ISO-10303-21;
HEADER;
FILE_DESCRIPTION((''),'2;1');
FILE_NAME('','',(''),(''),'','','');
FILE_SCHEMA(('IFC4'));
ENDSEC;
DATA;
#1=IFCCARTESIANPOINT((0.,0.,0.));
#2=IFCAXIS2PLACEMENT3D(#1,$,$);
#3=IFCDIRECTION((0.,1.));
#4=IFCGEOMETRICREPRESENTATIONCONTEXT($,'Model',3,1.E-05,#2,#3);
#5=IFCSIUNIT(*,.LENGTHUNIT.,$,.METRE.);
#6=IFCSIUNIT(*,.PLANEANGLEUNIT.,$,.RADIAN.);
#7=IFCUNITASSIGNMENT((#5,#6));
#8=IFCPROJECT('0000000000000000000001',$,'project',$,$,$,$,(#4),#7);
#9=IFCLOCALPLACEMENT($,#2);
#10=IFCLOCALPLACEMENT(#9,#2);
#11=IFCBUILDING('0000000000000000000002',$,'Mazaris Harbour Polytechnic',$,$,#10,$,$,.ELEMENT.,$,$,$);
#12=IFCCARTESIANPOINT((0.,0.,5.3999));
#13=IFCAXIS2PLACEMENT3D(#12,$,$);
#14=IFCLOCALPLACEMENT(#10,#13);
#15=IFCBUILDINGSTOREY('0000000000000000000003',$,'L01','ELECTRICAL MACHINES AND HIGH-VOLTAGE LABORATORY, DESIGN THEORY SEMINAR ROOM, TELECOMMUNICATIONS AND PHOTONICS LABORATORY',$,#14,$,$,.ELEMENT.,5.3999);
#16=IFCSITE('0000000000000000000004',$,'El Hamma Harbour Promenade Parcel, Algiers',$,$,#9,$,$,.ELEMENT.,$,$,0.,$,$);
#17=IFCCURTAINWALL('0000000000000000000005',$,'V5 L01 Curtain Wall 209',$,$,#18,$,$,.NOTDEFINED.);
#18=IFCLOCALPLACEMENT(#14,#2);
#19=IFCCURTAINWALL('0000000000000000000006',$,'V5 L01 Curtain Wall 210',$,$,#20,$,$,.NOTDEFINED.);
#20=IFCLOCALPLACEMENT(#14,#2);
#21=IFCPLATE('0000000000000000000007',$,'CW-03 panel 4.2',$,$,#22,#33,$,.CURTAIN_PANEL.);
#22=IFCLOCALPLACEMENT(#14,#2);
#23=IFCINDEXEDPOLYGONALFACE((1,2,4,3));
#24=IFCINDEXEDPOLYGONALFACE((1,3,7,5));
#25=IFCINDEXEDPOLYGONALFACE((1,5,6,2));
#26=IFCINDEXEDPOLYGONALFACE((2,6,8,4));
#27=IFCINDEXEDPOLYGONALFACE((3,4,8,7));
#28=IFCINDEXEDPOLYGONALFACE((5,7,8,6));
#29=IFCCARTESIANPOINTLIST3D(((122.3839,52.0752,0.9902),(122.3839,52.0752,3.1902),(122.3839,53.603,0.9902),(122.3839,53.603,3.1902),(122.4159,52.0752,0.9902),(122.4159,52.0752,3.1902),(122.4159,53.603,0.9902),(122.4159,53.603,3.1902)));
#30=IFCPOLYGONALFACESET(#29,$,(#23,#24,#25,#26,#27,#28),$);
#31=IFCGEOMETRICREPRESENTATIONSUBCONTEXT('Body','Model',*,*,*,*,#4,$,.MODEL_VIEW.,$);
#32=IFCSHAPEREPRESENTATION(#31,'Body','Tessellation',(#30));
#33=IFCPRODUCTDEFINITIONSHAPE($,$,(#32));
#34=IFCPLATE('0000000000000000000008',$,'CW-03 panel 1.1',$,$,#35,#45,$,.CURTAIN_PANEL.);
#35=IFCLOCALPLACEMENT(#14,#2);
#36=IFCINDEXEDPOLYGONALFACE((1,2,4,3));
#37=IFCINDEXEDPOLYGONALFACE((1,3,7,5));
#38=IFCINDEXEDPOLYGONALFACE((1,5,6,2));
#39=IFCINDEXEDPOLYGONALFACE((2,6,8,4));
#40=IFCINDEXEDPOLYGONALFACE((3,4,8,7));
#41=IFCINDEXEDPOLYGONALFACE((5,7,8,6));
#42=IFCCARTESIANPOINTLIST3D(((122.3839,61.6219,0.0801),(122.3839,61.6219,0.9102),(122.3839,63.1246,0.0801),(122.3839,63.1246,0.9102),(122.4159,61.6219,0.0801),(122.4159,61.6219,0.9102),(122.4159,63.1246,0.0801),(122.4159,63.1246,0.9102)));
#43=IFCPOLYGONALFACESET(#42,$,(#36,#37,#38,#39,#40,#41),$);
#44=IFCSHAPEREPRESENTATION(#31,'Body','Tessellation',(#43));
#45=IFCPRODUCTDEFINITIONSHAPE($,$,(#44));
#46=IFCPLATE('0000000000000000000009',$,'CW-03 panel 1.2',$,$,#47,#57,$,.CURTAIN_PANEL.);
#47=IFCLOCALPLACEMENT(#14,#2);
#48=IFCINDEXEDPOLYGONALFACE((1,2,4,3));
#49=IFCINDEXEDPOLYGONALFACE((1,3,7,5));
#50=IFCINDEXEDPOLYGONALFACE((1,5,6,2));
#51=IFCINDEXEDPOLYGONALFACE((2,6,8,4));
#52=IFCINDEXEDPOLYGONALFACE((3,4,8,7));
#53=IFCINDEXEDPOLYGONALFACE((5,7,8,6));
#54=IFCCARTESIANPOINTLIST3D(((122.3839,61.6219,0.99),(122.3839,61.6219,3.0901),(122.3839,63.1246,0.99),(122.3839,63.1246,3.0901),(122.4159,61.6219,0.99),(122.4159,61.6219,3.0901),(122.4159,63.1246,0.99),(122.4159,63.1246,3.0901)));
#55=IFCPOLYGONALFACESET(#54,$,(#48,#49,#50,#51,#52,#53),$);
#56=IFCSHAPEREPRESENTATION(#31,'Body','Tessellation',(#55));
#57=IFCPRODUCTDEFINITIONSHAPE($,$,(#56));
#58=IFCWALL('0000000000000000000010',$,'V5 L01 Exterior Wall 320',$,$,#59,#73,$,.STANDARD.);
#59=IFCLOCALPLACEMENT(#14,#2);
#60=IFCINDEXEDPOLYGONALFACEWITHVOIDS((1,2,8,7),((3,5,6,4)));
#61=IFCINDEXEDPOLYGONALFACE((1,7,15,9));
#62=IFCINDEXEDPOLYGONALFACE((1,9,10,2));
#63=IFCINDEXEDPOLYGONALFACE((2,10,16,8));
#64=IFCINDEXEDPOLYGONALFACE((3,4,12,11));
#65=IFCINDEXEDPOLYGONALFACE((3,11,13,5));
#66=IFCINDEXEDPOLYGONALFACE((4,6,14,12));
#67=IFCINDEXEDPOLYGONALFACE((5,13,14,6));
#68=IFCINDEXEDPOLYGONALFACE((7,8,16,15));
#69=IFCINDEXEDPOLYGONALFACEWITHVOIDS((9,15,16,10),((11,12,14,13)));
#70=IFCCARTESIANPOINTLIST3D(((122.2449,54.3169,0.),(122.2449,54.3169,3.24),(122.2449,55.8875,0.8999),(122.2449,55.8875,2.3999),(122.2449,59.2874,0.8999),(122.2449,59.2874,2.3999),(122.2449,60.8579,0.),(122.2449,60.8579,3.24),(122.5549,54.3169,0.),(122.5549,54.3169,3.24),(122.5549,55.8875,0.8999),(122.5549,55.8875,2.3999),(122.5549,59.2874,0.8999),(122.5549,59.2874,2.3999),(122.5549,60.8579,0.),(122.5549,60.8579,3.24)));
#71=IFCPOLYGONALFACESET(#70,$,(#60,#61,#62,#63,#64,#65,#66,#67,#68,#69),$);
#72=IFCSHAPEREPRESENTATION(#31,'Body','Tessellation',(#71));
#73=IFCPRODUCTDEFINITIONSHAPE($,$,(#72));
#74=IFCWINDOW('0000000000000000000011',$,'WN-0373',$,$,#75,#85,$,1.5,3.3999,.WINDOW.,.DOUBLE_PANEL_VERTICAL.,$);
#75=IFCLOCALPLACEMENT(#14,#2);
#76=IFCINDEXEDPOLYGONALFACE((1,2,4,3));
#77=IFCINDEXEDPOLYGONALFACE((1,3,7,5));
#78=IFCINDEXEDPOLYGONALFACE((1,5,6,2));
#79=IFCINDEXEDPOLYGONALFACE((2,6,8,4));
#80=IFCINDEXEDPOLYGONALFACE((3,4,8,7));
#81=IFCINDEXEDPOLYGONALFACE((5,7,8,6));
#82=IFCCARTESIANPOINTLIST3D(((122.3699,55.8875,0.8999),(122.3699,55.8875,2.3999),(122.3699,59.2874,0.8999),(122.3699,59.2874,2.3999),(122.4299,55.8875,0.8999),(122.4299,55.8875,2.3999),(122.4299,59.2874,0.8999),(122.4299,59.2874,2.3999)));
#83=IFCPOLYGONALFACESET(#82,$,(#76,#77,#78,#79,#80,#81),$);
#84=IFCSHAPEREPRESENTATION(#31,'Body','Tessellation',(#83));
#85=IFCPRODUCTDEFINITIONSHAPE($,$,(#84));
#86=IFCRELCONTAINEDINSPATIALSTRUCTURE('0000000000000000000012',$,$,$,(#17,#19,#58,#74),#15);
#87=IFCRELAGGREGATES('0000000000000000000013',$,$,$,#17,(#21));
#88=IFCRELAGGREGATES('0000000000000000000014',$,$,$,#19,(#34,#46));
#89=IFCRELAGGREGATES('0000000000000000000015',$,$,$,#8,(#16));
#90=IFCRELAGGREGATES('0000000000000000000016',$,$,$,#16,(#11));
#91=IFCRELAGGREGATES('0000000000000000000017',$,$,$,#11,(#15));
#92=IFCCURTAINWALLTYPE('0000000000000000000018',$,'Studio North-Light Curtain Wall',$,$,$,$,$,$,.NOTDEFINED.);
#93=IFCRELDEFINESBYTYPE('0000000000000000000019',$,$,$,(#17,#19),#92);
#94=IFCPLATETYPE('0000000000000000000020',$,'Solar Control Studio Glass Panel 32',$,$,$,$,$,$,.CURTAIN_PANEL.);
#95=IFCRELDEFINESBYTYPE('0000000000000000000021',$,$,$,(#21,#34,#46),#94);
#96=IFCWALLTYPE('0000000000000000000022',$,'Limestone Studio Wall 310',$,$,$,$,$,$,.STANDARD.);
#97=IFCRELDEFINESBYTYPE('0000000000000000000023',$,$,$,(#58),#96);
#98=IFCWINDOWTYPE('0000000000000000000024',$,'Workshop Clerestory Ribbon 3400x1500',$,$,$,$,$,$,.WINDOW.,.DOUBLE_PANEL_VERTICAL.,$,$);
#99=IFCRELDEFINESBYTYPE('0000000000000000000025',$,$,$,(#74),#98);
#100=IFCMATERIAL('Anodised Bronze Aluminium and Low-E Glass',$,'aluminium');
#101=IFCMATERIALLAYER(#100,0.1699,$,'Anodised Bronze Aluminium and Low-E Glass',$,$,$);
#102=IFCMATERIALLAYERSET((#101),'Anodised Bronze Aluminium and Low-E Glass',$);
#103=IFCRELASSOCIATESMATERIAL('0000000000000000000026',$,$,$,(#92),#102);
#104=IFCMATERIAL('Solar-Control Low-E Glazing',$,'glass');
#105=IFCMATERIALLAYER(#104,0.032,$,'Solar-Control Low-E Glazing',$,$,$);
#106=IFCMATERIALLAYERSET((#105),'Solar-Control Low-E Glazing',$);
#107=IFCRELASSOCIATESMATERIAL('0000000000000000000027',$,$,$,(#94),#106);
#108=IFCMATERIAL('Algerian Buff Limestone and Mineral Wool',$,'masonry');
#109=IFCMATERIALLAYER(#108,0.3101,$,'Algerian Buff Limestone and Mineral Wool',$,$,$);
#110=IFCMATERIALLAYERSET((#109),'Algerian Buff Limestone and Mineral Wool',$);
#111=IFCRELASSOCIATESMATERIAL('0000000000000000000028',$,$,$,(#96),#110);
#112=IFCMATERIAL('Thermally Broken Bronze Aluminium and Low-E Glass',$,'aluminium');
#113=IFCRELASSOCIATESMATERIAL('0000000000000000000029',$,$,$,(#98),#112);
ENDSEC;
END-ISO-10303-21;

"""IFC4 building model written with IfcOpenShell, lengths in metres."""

from ifc_helpers import new_model, si_unit, direction, frame, frame_2d, origin, origin_2d, place, context, subcontext, project, spatial, rectangle, extrude, material, layer, layer_set, type_object, element, fill, aggregate, save


model = new_model("IFC4")

# Units and contexts
model_context = context("Model", 3, precision=1e-05, world=origin(), true_north=direction((0.0, 1.0)))
body_context = subcontext(model_context, "Body", "Model", "MODEL_VIEW")
ifc_project = project(units=[si_unit("LENGTHUNIT", "METRE"), si_unit("PLANEANGLEUNIT", "RADIAN")], contexts=[model_context])

# Site, building, storey
site_placement = place(None, origin())
site = spatial("IfcSite", under=ifc_project, at=site_placement, Name="El Hamma Harbour Promenade Parcel, Algiers", CompositionType="ELEMENT", RefElevation=0.0)
building_placement = place(site_placement, origin())
building = spatial("IfcBuilding", under=site, at=building_placement, Name="Mazaris Harbour Polytechnic", CompositionType="ELEMENT")
storey_placement = place(building_placement, frame((0.0, 0.0, 5.3999)))
storey = spatial("IfcBuildingStorey", under=building, at=storey_placement, Name="L01", Description="ELECTRICAL MACHINES AND HIGH-VOLTAGE LABORATORY, DESIGN THEORY SEMINAR ROOM, TELECOMMUNICATIONS AND PHOTONICS LABORATORY", CompositionType="ELEMENT", Elevation=5.3999)

# Curtain wall
ifc_material_1 = material(Name="Anodised Bronze Aluminium and Low-E Glass", Category="aluminium")
ifc_layer_1 = layer(ifc_material_1, 0.1699, Name="Anodised Bronze Aluminium and Low-E Glass")
ifc_layer_set_1 = layer_set([ifc_layer_1], Name="Anodised Bronze Aluminium and Low-E Glass")
curtain_wall_type = type_object("IfcCurtainWallType", Name="Studio North-Light Curtain Wall", PredefinedType="NOTDEFINED", material=ifc_layer_set_1)
curtain_wall_1_placement = place(storey_placement, origin())
curtain_wall_1 = element("IfcCurtainWall", 1, at=curtain_wall_1_placement, inside=storey, type_object=curtain_wall_type, Name="V5 L01 Curtain Wall 209", PredefinedType="NOTDEFINED")

# Curtain wall
curtain_wall_2_placement = place(storey_placement, origin())
curtain_wall_2 = element("IfcCurtainWall", 2, at=curtain_wall_2_placement, inside=storey, type_object=curtain_wall_type, Name="V5 L01 Curtain Wall 210", PredefinedType="NOTDEFINED")

# Plates
ifc_material_2 = material(Name="Solar-Control Low-E Glazing", Category="glass")
ifc_layer_2 = layer(ifc_material_2, 0.032, Name="Solar-Control Low-E Glazing")
ifc_layer_set_2 = layer_set([ifc_layer_2], Name="Solar-Control Low-E Glazing")
plate_type = type_object("IfcPlateType", Name="Solar Control Studio Glass Panel 32", PredefinedType="CURTAIN_PANEL", material=ifc_layer_set_2)
plate_1_placement = place(storey_placement, frame((122.3999, 52.8391, 0.9902), z_axis=(0.0, 0.0, 1.0), x_axis=(0.0, 1.0, 0.0)))
plate_1 = element("IfcPlate", 3, at=plate_1_placement, type_object=plate_type, Name="CW-03 panel 4.2", PredefinedType="CURTAIN_PANEL", context=body_context, shape_type="SweptSolid", body=[
    extrude(rectangle(XDim=1.5278, YDim=0.032, at=origin_2d()), origin(), (0.0, 0.0, 1.0), 2.2),
])
aggregate(curtain_wall_1, [plate_1])
plate_2_placement = place(storey_placement, frame((122.3999, 62.3733, 0.0801), z_axis=(0.0, 0.0, 1.0), x_axis=(0.0, 1.0, 0.0)))
plate_2 = element("IfcPlate", 4, at=plate_2_placement, type_object=plate_type, Name="CW-03 panel 1.1", PredefinedType="CURTAIN_PANEL", context=body_context, shape_type="SweptSolid", body=[
    extrude(rectangle(XDim=1.5027, YDim=0.032, at=origin_2d()), origin(), (0.0, 0.0, 1.0), 0.8301),
])
plate_3_placement = place(storey_placement, frame((122.3999, 62.3733, 0.99), z_axis=(0.0, 0.0, 1.0), x_axis=(0.0, 1.0, 0.0)))
plate_3 = element("IfcPlate", 5, at=plate_3_placement, type_object=plate_type, Name="CW-03 panel 1.2", PredefinedType="CURTAIN_PANEL", context=body_context, shape_type="SweptSolid", body=[
    extrude(rectangle(XDim=1.5027, YDim=0.032, at=origin_2d()), origin(), (0.0, 0.0, 1.0), 2.1001),
])
aggregate(curtain_wall_2, [plate_2, plate_3])

# Wall, opening, window
ifc_material_3 = material(Name="Algerian Buff Limestone and Mineral Wool", Category="masonry")
ifc_layer_3 = layer(ifc_material_3, 0.3101, Name="Algerian Buff Limestone and Mineral Wool")
ifc_layer_set_3 = layer_set([ifc_layer_3], Name="Algerian Buff Limestone and Mineral Wool")
wall_type = type_object("IfcWallType", Name="Limestone Studio Wall 310", PredefinedType="STANDARD", material=ifc_layer_set_3)
wall_placement = place(storey_placement, frame((122.3999, 54.3169, 0.0), z_axis=(0.0, 0.0, 1.0), x_axis=(0.0, 1.0, 0.0)))
wall = element("IfcWall", 6, at=wall_placement, inside=storey, type_object=wall_type, Name="V5 L01 Exterior Wall 320", PredefinedType="STANDARD", context=body_context, shape_type="SweptSolid", body=[
    extrude(rectangle(XDim=6.541, YDim=0.3101, at=frame_2d((3.2705, 0.0))), origin(), (0.0, 0.0, 1.0), 3.24),
])
opening_placement = place(wall_placement, frame((1.5706, 0.0, 0.8999)))
opening = element("IfcOpeningElement", 7, at=opening_placement, cuts=wall, PredefinedType="OPENING", context=body_context, shape_type="SweptSolid", body=[
    extrude(rectangle(XDim=3.3999, YDim=1.5, at=frame_2d((1.7, 0.75))), frame((0.0, 0.165, 0.0), z_axis=(0.0, -1.0, 0.0), x_axis=(1.0, 0.0, 0.0)), (0.0, 0.0, 1.0), 0.3301),
])
ifc_material_4 = material(Name="Thermally Broken Bronze Aluminium and Low-E Glass", Category="aluminium")
window_type = type_object("IfcWindowType", Name="Workshop Clerestory Ribbon 3400x1500", PartitioningType="DOUBLE_PANEL_VERTICAL", PredefinedType="WINDOW", material=ifc_material_4)
window_placement = place(opening_placement, origin())
window = element("IfcWindow", 8, at=window_placement, inside=storey, type_object=window_type, Name="WN-0373", OverallHeight=1.5, OverallWidth=3.3999, PartitioningType="DOUBLE_PANEL_VERTICAL", PredefinedType="WINDOW", context=body_context, shape_type="SweptSolid", body=[
    extrude(rectangle(XDim=3.3999, YDim=1.5, at=frame_2d((1.7, 0.75))), frame((0.0, 0.03, 0.0), z_axis=(0.0, -1.0, 0.0), x_axis=(1.0, 0.0, 0.0)), (0.0, 0.0, 1.0), 0.0601),
])
fill(opening, window)

save(model, "model.ifc")
